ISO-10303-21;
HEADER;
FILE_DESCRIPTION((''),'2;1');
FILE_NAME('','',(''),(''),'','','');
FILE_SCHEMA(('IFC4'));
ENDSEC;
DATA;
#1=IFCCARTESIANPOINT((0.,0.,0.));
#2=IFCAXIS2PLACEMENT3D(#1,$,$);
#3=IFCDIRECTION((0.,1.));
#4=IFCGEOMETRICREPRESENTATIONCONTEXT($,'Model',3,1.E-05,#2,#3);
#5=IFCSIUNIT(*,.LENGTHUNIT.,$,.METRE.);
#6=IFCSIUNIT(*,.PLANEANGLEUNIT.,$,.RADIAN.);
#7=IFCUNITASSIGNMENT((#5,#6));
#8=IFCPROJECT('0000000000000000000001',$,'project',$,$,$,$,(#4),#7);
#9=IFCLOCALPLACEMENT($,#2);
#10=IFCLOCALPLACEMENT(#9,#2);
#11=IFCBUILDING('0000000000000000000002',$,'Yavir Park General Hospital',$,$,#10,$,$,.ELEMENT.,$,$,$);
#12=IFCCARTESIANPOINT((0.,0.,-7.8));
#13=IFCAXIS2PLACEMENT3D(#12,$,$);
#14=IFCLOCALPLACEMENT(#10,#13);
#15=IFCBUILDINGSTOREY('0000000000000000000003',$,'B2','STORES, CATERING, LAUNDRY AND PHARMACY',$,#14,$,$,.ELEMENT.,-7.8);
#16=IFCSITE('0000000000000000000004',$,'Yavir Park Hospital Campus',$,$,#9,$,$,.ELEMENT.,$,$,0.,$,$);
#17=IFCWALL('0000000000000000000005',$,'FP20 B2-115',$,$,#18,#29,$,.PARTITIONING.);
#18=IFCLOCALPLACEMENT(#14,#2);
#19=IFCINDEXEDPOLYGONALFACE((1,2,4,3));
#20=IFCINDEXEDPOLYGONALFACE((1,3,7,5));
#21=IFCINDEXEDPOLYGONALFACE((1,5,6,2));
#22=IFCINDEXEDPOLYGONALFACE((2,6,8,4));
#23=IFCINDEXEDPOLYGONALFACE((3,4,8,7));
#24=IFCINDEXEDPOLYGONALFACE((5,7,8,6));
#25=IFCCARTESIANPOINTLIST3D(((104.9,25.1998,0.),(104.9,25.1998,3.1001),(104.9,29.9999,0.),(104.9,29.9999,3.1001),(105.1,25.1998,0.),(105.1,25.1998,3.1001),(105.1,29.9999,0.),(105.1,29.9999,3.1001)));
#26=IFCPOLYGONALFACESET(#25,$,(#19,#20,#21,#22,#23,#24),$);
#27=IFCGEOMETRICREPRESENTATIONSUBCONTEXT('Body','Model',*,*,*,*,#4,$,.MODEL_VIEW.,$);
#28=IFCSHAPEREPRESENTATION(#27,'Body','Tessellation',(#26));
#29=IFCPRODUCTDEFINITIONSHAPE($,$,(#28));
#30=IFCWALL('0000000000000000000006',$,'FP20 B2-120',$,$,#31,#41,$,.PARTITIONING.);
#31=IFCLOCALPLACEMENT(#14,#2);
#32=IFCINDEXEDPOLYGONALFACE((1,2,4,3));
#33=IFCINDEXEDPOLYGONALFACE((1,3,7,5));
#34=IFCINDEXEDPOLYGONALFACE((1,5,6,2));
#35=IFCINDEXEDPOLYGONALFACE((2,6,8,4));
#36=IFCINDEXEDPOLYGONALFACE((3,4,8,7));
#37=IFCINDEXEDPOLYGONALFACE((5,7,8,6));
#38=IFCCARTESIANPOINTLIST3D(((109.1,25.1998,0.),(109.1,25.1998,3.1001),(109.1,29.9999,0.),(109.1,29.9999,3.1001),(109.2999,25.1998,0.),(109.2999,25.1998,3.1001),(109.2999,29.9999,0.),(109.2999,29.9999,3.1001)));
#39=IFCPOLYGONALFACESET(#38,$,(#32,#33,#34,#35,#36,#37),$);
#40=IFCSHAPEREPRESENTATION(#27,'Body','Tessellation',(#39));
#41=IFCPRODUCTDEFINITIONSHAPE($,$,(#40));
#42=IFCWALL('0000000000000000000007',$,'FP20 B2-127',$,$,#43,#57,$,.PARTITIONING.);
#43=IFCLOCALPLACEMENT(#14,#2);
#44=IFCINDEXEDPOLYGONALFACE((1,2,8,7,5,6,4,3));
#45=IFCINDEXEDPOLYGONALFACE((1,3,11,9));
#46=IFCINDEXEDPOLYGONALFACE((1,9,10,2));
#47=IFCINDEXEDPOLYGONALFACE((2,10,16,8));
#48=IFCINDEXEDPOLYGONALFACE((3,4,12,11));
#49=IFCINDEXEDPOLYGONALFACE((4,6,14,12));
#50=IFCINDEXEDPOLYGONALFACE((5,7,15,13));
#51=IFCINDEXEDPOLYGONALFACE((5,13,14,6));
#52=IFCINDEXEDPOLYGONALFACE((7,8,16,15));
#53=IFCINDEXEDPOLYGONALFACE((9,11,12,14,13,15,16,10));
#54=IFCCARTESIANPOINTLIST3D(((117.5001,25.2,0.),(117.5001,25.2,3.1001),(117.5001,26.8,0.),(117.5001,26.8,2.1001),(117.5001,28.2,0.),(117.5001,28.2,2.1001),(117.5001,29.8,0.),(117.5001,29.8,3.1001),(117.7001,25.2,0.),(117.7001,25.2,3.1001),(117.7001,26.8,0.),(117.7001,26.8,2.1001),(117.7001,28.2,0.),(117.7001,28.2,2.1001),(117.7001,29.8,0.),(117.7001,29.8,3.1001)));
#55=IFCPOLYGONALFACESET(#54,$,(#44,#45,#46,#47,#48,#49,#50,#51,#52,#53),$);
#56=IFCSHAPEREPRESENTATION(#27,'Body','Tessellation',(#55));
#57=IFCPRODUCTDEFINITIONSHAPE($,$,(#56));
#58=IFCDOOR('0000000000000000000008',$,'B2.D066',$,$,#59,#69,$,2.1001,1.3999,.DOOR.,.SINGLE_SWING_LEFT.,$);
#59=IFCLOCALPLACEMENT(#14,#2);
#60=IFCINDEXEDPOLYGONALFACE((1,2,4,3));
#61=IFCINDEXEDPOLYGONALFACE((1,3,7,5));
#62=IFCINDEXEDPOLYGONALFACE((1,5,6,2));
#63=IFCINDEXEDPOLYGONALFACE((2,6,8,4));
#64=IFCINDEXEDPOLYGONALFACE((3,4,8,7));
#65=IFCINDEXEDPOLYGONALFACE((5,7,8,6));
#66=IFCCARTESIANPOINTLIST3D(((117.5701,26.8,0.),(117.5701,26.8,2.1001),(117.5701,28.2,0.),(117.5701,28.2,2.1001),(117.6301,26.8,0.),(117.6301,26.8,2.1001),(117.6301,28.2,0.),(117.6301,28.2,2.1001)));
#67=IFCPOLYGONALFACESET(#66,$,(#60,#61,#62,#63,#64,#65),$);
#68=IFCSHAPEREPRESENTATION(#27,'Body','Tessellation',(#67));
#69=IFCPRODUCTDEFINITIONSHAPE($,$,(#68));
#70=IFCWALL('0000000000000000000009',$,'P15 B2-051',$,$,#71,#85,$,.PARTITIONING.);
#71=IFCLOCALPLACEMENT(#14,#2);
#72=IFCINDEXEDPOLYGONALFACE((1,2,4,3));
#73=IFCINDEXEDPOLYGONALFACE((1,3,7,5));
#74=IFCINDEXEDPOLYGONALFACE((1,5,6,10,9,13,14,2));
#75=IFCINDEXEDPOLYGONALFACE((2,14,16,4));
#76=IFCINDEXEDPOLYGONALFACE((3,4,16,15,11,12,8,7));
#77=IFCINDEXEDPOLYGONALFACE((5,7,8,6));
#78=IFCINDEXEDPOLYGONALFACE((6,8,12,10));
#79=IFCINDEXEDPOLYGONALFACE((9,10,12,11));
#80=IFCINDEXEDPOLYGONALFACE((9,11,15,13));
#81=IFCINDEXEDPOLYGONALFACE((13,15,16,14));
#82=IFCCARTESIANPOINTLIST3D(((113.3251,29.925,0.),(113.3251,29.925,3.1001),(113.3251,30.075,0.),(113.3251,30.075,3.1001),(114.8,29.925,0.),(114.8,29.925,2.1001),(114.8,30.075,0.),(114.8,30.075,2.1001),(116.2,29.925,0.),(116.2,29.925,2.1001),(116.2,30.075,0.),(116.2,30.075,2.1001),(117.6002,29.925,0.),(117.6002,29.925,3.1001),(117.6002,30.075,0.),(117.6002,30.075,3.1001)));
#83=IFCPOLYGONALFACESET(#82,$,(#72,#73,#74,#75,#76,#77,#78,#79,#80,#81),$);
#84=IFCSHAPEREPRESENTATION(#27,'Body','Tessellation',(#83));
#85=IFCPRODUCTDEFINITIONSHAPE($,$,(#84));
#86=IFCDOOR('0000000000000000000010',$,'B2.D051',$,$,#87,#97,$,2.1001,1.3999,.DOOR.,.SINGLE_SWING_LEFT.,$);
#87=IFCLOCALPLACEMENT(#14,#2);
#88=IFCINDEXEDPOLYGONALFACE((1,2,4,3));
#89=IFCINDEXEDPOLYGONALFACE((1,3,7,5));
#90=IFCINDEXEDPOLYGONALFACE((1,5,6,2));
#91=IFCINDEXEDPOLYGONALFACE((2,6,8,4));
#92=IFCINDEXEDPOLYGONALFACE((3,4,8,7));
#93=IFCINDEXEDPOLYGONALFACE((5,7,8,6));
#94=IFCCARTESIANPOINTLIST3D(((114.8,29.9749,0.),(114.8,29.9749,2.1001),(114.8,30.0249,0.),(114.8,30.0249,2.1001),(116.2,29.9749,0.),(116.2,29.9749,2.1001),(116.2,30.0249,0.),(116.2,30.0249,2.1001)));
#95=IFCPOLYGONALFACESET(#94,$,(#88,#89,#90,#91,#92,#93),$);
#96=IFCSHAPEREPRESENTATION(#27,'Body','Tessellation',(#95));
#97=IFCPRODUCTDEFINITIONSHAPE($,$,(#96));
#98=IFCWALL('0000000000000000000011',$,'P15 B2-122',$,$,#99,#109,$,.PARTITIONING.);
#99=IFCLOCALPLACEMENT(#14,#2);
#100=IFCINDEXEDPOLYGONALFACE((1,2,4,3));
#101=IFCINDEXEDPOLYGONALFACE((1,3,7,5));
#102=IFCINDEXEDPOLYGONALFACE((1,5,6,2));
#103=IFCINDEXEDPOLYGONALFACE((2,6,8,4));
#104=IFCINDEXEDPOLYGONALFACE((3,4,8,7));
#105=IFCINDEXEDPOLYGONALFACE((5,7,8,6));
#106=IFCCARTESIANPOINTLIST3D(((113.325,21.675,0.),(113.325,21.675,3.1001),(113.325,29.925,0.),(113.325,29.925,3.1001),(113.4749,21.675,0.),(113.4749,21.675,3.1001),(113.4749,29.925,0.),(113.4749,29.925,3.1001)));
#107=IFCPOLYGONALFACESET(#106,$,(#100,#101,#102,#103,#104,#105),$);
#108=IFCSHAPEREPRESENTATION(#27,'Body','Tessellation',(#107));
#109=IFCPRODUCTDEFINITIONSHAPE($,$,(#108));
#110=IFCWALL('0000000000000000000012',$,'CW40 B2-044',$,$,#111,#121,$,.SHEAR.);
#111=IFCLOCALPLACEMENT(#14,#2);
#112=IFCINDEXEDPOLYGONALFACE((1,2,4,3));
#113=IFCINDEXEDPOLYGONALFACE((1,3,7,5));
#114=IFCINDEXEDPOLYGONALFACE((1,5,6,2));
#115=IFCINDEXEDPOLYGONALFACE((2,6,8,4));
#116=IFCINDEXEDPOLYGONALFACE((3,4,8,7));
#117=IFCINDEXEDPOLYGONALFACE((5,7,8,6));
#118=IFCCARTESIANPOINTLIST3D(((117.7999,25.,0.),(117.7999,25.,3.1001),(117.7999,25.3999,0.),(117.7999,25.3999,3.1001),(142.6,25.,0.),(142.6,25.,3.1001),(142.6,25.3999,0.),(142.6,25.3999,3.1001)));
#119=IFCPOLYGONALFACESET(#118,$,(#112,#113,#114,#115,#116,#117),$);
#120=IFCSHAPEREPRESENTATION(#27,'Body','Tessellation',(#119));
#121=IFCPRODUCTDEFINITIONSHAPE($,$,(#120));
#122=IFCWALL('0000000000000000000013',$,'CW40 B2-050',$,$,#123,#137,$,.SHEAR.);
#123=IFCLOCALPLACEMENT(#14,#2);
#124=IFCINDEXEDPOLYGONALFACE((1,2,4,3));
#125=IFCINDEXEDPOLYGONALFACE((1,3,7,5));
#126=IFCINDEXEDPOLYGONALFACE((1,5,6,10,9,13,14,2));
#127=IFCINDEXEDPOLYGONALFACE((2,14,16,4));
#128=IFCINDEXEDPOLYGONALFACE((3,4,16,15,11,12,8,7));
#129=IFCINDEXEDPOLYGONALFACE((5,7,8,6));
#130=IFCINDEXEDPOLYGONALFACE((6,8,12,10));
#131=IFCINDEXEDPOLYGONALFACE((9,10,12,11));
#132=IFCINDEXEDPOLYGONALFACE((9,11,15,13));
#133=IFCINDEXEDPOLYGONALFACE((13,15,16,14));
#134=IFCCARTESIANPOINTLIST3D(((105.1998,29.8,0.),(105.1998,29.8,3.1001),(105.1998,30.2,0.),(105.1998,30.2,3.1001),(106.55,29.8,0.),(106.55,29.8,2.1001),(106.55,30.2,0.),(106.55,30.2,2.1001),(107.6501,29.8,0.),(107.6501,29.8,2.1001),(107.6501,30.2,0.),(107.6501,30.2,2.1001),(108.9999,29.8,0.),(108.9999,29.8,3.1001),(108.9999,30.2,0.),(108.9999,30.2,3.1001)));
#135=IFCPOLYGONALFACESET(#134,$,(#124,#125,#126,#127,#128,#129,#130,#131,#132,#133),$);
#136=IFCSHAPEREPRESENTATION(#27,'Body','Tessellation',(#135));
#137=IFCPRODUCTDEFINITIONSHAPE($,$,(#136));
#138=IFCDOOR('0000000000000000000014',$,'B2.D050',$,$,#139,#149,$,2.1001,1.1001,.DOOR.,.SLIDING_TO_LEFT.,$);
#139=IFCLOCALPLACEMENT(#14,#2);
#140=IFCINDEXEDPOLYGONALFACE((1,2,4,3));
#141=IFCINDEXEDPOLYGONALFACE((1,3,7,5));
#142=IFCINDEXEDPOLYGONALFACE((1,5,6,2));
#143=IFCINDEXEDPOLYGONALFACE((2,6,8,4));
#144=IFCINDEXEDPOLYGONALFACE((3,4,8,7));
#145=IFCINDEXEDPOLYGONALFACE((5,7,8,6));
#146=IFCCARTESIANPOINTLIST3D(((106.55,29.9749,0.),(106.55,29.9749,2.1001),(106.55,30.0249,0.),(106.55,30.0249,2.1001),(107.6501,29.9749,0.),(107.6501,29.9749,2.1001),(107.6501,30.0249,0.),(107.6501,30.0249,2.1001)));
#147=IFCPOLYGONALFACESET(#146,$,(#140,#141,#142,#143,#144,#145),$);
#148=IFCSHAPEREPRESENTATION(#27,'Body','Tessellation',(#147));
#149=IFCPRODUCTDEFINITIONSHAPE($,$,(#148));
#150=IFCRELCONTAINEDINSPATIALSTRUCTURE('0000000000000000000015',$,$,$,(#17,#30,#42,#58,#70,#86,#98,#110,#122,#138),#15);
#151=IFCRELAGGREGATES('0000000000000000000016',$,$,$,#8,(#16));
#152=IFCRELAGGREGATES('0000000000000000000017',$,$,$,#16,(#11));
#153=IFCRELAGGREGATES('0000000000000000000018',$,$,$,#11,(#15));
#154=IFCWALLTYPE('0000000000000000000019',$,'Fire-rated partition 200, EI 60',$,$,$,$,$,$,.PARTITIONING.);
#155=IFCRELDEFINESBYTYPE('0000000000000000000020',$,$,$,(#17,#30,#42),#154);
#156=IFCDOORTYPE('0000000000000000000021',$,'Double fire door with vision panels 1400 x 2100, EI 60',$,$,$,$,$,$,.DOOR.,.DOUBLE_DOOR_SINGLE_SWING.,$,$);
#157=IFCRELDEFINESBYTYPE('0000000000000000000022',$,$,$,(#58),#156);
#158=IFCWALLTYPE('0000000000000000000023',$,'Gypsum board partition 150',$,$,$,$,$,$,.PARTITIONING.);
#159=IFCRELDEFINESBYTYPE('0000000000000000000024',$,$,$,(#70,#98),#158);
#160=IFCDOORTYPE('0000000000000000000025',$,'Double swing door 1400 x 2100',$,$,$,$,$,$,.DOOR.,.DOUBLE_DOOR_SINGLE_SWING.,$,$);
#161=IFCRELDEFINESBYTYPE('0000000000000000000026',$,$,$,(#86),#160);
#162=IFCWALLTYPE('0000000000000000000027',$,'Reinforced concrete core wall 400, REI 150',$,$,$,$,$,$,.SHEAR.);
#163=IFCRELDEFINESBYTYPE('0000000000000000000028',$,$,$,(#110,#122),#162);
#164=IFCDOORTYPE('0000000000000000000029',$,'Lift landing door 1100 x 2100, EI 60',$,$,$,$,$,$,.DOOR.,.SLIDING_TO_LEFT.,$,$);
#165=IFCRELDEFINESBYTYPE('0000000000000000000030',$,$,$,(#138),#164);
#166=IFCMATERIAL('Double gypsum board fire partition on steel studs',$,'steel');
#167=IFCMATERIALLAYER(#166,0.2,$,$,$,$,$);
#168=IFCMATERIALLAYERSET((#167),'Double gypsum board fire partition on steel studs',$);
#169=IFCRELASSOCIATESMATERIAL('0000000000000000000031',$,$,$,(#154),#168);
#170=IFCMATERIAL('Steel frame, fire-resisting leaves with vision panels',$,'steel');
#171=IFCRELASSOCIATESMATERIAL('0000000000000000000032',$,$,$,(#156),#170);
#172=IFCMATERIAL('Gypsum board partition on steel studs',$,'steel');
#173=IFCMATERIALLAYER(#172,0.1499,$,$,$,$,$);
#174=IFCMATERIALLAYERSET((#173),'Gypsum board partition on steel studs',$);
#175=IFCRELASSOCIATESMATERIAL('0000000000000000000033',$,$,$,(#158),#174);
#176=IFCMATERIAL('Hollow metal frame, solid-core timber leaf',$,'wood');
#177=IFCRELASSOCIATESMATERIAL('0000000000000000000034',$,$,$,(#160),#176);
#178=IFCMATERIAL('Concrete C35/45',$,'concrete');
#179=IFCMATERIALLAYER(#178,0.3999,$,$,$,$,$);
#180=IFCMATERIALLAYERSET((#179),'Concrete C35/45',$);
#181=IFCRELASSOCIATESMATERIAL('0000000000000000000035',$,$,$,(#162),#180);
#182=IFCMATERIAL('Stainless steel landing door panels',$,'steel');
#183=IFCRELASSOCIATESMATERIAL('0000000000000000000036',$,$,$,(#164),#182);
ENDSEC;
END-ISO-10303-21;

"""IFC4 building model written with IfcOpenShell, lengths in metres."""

from ifc_helpers import new_model, si_unit, direction, frame, frame_2d, origin, place, context, subcontext, project, spatial, rectangle, extrude, material, layer, layer_set, type_object, element, fill, save


model = new_model("IFC4")

# Units and contexts
model_context = context("Model", 3, precision=1e-05, world=origin(), true_north=direction((0.0, 1.0)))
body_context = subcontext(model_context, "Body", "Model", "MODEL_VIEW")
ifc_project = project(units=[si_unit("LENGTHUNIT", "METRE"), si_unit("PLANEANGLEUNIT", "RADIAN")], contexts=[model_context])

# Site, building, storey
site_placement = place(None, origin())
site = spatial("IfcSite", under=ifc_project, at=site_placement, Name="Yavir Park Hospital Campus", CompositionType="ELEMENT", RefElevation=0.0)
building_placement = place(site_placement, origin())
building = spatial("IfcBuilding", under=site, at=building_placement, Name="Yavir Park General Hospital", CompositionType="ELEMENT")
storey_placement = place(building_placement, frame((0.0, 0.0, -7.8)))
storey = spatial("IfcBuildingStorey", under=building, at=storey_placement, Name="B2", Description="STORES, CATERING, LAUNDRY AND PHARMACY", CompositionType="ELEMENT", Elevation=-7.8)

# Shared definitions
ifc_material_1 = material(Name="Double gypsum board fire partition on steel studs", Category="steel")
ifc_layer_1 = layer(ifc_material_1, 0.2)
ifc_layer_set_1 = layer_set([ifc_layer_1], Name="Double gypsum board fire partition on steel studs")
wall_type_1 = type_object("IfcWallType", Name="Fire-rated partition 200, EI 60", PredefinedType="PARTITIONING", material=ifc_layer_set_1)

# Walls
for number, where, z_axis, x_axis, name in (
    (1, (105.0, 25.2, 0.0), (0.0, 0.0, 1.0), (0.0, 1.0, 0.0), "FP20 B2-115"),
    (2, (109.2, 25.2, 0.0), (0.0, 0.0, 1.0), (0.0, 1.0, 0.0), "FP20 B2-120"),
):
    element("IfcWall", number, at=place(storey_placement, frame(where, z_axis=z_axis, x_axis=x_axis)), inside=storey, type_object=wall_type_1, Name=name, PredefinedType="PARTITIONING", context=body_context, shape_type="SweptSolid", body=[
        extrude(rectangle(XDim=4.8, YDim=0.2, at=frame_2d((2.3999, 0.0))), origin(), (0.0, 0.0, 1.0), 3.1001),
    ])

# Walls, openings, doors
wall_1_placement = place(storey_placement, frame((117.6001, 25.2, 0.0), z_axis=(0.0, 0.0, 1.0), x_axis=(0.0, 1.0, 0.0)))
wall_1 = element("IfcWall", 3, at=wall_1_placement, inside=storey, type_object=wall_type_1, Name="FP20 B2-127", PredefinedType="PARTITIONING", context=body_context, shape_type="SweptSolid", body=[
    extrude(rectangle(XDim=4.6001, YDim=0.2, at=frame_2d((2.3, 0.0))), origin(), (0.0, 0.0, 1.0), 3.1001),
])
opening_1_placement = place(wall_1_placement, frame((1.6001, 0.0, 0.0)))
opening_1 = element("IfcOpeningElement", 4, at=opening_1_placement, cuts=wall_1, PredefinedType="OPENING", context=body_context, shape_type="SweptSolid", body=[
    extrude(rectangle(XDim=1.3999, YDim=2.1001, at=frame_2d((0.7, 1.05))), frame((0.0, 0.1099, 0.0), z_axis=(0.0, -1.0, 0.0), x_axis=(1.0, 0.0, 0.0)), (0.0, 0.0, 1.0), 0.22),
])
ifc_material_2 = material(Name="Steel frame, fire-resisting leaves with vision panels", Category="steel")
door_type_1 = type_object("IfcDoorType", Name="Double fire door with vision panels 1400 x 2100, EI 60", OperationType="DOUBLE_DOOR_SINGLE_SWING", PredefinedType="DOOR", material=ifc_material_2)
door_1_placement = place(opening_1_placement, origin())
door_1 = element("IfcDoor", 5, at=door_1_placement, inside=storey, type_object=door_type_1, Name="B2.D066", OperationType="SINGLE_SWING_LEFT", OverallHeight=2.1001, OverallWidth=1.3999, PredefinedType="DOOR", context=body_context, shape_type="SweptSolid", body=[
    extrude(rectangle(XDim=1.3999, YDim=2.1001, at=frame_2d((0.7, 1.05))), frame((0.0, 0.03, 0.0), z_axis=(0.0, -1.0, 0.0), x_axis=(1.0, 0.0, 0.0)), (0.0, 0.0, 1.0), 0.0601),
])
fill(opening_1, door_1)
ifc_material_3 = material(Name="Gypsum board partition on steel studs", Category="steel")
ifc_layer_2 = layer(ifc_material_3, 0.1499)
ifc_layer_set_2 = layer_set([ifc_layer_2], Name="Gypsum board partition on steel studs")
wall_type_2 = type_object("IfcWallType", Name="Gypsum board partition 150", PredefinedType="PARTITIONING", material=ifc_layer_set_2)
wall_2_placement = place(storey_placement, frame((113.325, 30.0, 0.0), z_axis=(0.0, 0.0, 1.0), x_axis=(1.0, 0.0, 0.0)))
wall_2 = element("IfcWall", 6, at=wall_2_placement, inside=storey, type_object=wall_type_2, Name="P15 B2-051", PredefinedType="PARTITIONING", context=body_context, shape_type="SweptSolid", body=[
    extrude(rectangle(XDim=4.2751, YDim=0.1499, at=frame_2d((2.1377, 0.0))), origin(), (0.0, 0.0, 1.0), 3.1001),
])
opening_2_placement = place(wall_2_placement, frame((1.4751, 0.0, 0.0)))
opening_2 = element("IfcOpeningElement", 7, at=opening_2_placement, cuts=wall_2, PredefinedType="OPENING", context=body_context, shape_type="SweptSolid", body=[
    extrude(rectangle(XDim=1.3999, YDim=2.1001, at=frame_2d((0.7, 1.05))), frame((0.0, 0.085, 0.0), z_axis=(0.0, -1.0, 0.0), x_axis=(1.0, 0.0, 0.0)), (0.0, 0.0, 1.0), 0.1699),
])
ifc_material_4 = material(Name="Hollow metal frame, solid-core timber leaf", Category="wood")
door_type_2 = type_object("IfcDoorType", Name="Double swing door 1400 x 2100", OperationType="DOUBLE_DOOR_SINGLE_SWING", PredefinedType="DOOR", material=ifc_material_4)
door_2_placement = place(opening_2_placement, origin())
door_2 = element("IfcDoor", 8, at=door_2_placement, inside=storey, type_object=door_type_2, Name="B2.D051", OperationType="SINGLE_SWING_LEFT", OverallHeight=2.1001, OverallWidth=1.3999, PredefinedType="DOOR", context=body_context, shape_type="SweptSolid", body=[
    extrude(rectangle(XDim=1.3999, YDim=2.1001, at=frame_2d((0.7, 1.05))), frame((0.0, 0.0249, 0.0), z_axis=(0.0, -1.0, 0.0), x_axis=(1.0, 0.0, 0.0)), (0.0, 0.0, 1.0), 0.05),
])
fill(opening_2, door_2)

# Walls
wall_3_placement = place(storey_placement, frame((113.3999, 21.675, 0.0), z_axis=(0.0, 0.0, 1.0), x_axis=(0.0, 1.0, 0.0)))
element("IfcWall", 9, at=wall_3_placement, inside=storey, type_object=wall_type_2, Name="P15 B2-122", PredefinedType="PARTITIONING", context=body_context, shape_type="SweptSolid", body=[
    extrude(rectangle(XDim=8.25, YDim=0.1499, at=frame_2d((4.125, 0.0))), origin(), (0.0, 0.0, 1.0), 3.1001),
])
ifc_material_5 = material(Name="Concrete C35/45", Category="concrete")
ifc_layer_3 = layer(ifc_material_5, 0.3999)
ifc_layer_set_3 = layer_set([ifc_layer_3], Name="Concrete C35/45")
wall_type_3 = type_object("IfcWallType", Name="Reinforced concrete core wall 400, REI 150", PredefinedType="SHEAR", material=ifc_layer_set_3)
wall_4_placement = place(storey_placement, frame((117.8, 25.2, 0.0), z_axis=(0.0, 0.0, 1.0), x_axis=(1.0, 0.0, 0.0)))
element("IfcWall", 10, at=wall_4_placement, inside=storey, type_object=wall_type_3, Name="CW40 B2-044", PredefinedType="SHEAR", context=body_context, shape_type="SweptSolid", body=[
    extrude(rectangle(XDim=24.8, YDim=0.3999, at=frame_2d((12.3999, 0.0))), origin(), (0.0, 0.0, 1.0), 3.1001),
])

# Wall, opening, door
wall_5_placement = place(storey_placement, frame((105.2, 30.0, 0.0), z_axis=(0.0, 0.0, 1.0), x_axis=(1.0, 0.0, 0.0)))
wall_5 = element("IfcWall", 11, at=wall_5_placement, inside=storey, type_object=wall_type_3, Name="CW40 B2-050", PredefinedType="SHEAR", context=body_context, shape_type="SweptSolid", body=[
    extrude(rectangle(XDim=3.8, YDim=0.3999, at=frame_2d((1.8999, 0.0))), origin(), (0.0, 0.0, 1.0), 3.1001),
])
opening_3_placement = place(wall_5_placement, frame((1.3501, 0.0, 0.0)))
opening_3 = element("IfcOpeningElement", 12, at=opening_3_placement, cuts=wall_5, PredefinedType="OPENING", context=body_context, shape_type="SweptSolid", body=[
    extrude(rectangle(XDim=1.1001, YDim=2.1001, at=frame_2d((0.55, 1.05))), frame((0.0, 0.21, 0.0), z_axis=(0.0, -1.0, 0.0), x_axis=(1.0, 0.0, 0.0)), (0.0, 0.0, 1.0), 0.4199),
])
ifc_material_6 = material(Name="Stainless steel landing door panels", Category="steel")
door_type_3 = type_object("IfcDoorType", Name="Lift landing door 1100 x 2100, EI 60", OperationType="SLIDING_TO_LEFT", PredefinedType="DOOR", material=ifc_material_6)
door_3_placement = place(opening_3_placement, origin())
door_3 = element("IfcDoor", 13, at=door_3_placement, inside=storey, type_object=door_type_3, Name="B2.D050", OperationType="SLIDING_TO_LEFT", OverallHeight=2.1001, OverallWidth=1.1001, PredefinedType="DOOR", context=body_context, shape_type="SweptSolid", body=[
    extrude(rectangle(XDim=1.1001, YDim=2.1001, at=frame_2d((0.55, 1.05))), frame((0.0, 0.0249, 0.0), z_axis=(0.0, -1.0, 0.0), x_axis=(1.0, 0.0, 0.0)), (0.0, 0.0, 1.0), 0.05),
])
fill(opening_3, door_3)

save(model, "model.ifc")
